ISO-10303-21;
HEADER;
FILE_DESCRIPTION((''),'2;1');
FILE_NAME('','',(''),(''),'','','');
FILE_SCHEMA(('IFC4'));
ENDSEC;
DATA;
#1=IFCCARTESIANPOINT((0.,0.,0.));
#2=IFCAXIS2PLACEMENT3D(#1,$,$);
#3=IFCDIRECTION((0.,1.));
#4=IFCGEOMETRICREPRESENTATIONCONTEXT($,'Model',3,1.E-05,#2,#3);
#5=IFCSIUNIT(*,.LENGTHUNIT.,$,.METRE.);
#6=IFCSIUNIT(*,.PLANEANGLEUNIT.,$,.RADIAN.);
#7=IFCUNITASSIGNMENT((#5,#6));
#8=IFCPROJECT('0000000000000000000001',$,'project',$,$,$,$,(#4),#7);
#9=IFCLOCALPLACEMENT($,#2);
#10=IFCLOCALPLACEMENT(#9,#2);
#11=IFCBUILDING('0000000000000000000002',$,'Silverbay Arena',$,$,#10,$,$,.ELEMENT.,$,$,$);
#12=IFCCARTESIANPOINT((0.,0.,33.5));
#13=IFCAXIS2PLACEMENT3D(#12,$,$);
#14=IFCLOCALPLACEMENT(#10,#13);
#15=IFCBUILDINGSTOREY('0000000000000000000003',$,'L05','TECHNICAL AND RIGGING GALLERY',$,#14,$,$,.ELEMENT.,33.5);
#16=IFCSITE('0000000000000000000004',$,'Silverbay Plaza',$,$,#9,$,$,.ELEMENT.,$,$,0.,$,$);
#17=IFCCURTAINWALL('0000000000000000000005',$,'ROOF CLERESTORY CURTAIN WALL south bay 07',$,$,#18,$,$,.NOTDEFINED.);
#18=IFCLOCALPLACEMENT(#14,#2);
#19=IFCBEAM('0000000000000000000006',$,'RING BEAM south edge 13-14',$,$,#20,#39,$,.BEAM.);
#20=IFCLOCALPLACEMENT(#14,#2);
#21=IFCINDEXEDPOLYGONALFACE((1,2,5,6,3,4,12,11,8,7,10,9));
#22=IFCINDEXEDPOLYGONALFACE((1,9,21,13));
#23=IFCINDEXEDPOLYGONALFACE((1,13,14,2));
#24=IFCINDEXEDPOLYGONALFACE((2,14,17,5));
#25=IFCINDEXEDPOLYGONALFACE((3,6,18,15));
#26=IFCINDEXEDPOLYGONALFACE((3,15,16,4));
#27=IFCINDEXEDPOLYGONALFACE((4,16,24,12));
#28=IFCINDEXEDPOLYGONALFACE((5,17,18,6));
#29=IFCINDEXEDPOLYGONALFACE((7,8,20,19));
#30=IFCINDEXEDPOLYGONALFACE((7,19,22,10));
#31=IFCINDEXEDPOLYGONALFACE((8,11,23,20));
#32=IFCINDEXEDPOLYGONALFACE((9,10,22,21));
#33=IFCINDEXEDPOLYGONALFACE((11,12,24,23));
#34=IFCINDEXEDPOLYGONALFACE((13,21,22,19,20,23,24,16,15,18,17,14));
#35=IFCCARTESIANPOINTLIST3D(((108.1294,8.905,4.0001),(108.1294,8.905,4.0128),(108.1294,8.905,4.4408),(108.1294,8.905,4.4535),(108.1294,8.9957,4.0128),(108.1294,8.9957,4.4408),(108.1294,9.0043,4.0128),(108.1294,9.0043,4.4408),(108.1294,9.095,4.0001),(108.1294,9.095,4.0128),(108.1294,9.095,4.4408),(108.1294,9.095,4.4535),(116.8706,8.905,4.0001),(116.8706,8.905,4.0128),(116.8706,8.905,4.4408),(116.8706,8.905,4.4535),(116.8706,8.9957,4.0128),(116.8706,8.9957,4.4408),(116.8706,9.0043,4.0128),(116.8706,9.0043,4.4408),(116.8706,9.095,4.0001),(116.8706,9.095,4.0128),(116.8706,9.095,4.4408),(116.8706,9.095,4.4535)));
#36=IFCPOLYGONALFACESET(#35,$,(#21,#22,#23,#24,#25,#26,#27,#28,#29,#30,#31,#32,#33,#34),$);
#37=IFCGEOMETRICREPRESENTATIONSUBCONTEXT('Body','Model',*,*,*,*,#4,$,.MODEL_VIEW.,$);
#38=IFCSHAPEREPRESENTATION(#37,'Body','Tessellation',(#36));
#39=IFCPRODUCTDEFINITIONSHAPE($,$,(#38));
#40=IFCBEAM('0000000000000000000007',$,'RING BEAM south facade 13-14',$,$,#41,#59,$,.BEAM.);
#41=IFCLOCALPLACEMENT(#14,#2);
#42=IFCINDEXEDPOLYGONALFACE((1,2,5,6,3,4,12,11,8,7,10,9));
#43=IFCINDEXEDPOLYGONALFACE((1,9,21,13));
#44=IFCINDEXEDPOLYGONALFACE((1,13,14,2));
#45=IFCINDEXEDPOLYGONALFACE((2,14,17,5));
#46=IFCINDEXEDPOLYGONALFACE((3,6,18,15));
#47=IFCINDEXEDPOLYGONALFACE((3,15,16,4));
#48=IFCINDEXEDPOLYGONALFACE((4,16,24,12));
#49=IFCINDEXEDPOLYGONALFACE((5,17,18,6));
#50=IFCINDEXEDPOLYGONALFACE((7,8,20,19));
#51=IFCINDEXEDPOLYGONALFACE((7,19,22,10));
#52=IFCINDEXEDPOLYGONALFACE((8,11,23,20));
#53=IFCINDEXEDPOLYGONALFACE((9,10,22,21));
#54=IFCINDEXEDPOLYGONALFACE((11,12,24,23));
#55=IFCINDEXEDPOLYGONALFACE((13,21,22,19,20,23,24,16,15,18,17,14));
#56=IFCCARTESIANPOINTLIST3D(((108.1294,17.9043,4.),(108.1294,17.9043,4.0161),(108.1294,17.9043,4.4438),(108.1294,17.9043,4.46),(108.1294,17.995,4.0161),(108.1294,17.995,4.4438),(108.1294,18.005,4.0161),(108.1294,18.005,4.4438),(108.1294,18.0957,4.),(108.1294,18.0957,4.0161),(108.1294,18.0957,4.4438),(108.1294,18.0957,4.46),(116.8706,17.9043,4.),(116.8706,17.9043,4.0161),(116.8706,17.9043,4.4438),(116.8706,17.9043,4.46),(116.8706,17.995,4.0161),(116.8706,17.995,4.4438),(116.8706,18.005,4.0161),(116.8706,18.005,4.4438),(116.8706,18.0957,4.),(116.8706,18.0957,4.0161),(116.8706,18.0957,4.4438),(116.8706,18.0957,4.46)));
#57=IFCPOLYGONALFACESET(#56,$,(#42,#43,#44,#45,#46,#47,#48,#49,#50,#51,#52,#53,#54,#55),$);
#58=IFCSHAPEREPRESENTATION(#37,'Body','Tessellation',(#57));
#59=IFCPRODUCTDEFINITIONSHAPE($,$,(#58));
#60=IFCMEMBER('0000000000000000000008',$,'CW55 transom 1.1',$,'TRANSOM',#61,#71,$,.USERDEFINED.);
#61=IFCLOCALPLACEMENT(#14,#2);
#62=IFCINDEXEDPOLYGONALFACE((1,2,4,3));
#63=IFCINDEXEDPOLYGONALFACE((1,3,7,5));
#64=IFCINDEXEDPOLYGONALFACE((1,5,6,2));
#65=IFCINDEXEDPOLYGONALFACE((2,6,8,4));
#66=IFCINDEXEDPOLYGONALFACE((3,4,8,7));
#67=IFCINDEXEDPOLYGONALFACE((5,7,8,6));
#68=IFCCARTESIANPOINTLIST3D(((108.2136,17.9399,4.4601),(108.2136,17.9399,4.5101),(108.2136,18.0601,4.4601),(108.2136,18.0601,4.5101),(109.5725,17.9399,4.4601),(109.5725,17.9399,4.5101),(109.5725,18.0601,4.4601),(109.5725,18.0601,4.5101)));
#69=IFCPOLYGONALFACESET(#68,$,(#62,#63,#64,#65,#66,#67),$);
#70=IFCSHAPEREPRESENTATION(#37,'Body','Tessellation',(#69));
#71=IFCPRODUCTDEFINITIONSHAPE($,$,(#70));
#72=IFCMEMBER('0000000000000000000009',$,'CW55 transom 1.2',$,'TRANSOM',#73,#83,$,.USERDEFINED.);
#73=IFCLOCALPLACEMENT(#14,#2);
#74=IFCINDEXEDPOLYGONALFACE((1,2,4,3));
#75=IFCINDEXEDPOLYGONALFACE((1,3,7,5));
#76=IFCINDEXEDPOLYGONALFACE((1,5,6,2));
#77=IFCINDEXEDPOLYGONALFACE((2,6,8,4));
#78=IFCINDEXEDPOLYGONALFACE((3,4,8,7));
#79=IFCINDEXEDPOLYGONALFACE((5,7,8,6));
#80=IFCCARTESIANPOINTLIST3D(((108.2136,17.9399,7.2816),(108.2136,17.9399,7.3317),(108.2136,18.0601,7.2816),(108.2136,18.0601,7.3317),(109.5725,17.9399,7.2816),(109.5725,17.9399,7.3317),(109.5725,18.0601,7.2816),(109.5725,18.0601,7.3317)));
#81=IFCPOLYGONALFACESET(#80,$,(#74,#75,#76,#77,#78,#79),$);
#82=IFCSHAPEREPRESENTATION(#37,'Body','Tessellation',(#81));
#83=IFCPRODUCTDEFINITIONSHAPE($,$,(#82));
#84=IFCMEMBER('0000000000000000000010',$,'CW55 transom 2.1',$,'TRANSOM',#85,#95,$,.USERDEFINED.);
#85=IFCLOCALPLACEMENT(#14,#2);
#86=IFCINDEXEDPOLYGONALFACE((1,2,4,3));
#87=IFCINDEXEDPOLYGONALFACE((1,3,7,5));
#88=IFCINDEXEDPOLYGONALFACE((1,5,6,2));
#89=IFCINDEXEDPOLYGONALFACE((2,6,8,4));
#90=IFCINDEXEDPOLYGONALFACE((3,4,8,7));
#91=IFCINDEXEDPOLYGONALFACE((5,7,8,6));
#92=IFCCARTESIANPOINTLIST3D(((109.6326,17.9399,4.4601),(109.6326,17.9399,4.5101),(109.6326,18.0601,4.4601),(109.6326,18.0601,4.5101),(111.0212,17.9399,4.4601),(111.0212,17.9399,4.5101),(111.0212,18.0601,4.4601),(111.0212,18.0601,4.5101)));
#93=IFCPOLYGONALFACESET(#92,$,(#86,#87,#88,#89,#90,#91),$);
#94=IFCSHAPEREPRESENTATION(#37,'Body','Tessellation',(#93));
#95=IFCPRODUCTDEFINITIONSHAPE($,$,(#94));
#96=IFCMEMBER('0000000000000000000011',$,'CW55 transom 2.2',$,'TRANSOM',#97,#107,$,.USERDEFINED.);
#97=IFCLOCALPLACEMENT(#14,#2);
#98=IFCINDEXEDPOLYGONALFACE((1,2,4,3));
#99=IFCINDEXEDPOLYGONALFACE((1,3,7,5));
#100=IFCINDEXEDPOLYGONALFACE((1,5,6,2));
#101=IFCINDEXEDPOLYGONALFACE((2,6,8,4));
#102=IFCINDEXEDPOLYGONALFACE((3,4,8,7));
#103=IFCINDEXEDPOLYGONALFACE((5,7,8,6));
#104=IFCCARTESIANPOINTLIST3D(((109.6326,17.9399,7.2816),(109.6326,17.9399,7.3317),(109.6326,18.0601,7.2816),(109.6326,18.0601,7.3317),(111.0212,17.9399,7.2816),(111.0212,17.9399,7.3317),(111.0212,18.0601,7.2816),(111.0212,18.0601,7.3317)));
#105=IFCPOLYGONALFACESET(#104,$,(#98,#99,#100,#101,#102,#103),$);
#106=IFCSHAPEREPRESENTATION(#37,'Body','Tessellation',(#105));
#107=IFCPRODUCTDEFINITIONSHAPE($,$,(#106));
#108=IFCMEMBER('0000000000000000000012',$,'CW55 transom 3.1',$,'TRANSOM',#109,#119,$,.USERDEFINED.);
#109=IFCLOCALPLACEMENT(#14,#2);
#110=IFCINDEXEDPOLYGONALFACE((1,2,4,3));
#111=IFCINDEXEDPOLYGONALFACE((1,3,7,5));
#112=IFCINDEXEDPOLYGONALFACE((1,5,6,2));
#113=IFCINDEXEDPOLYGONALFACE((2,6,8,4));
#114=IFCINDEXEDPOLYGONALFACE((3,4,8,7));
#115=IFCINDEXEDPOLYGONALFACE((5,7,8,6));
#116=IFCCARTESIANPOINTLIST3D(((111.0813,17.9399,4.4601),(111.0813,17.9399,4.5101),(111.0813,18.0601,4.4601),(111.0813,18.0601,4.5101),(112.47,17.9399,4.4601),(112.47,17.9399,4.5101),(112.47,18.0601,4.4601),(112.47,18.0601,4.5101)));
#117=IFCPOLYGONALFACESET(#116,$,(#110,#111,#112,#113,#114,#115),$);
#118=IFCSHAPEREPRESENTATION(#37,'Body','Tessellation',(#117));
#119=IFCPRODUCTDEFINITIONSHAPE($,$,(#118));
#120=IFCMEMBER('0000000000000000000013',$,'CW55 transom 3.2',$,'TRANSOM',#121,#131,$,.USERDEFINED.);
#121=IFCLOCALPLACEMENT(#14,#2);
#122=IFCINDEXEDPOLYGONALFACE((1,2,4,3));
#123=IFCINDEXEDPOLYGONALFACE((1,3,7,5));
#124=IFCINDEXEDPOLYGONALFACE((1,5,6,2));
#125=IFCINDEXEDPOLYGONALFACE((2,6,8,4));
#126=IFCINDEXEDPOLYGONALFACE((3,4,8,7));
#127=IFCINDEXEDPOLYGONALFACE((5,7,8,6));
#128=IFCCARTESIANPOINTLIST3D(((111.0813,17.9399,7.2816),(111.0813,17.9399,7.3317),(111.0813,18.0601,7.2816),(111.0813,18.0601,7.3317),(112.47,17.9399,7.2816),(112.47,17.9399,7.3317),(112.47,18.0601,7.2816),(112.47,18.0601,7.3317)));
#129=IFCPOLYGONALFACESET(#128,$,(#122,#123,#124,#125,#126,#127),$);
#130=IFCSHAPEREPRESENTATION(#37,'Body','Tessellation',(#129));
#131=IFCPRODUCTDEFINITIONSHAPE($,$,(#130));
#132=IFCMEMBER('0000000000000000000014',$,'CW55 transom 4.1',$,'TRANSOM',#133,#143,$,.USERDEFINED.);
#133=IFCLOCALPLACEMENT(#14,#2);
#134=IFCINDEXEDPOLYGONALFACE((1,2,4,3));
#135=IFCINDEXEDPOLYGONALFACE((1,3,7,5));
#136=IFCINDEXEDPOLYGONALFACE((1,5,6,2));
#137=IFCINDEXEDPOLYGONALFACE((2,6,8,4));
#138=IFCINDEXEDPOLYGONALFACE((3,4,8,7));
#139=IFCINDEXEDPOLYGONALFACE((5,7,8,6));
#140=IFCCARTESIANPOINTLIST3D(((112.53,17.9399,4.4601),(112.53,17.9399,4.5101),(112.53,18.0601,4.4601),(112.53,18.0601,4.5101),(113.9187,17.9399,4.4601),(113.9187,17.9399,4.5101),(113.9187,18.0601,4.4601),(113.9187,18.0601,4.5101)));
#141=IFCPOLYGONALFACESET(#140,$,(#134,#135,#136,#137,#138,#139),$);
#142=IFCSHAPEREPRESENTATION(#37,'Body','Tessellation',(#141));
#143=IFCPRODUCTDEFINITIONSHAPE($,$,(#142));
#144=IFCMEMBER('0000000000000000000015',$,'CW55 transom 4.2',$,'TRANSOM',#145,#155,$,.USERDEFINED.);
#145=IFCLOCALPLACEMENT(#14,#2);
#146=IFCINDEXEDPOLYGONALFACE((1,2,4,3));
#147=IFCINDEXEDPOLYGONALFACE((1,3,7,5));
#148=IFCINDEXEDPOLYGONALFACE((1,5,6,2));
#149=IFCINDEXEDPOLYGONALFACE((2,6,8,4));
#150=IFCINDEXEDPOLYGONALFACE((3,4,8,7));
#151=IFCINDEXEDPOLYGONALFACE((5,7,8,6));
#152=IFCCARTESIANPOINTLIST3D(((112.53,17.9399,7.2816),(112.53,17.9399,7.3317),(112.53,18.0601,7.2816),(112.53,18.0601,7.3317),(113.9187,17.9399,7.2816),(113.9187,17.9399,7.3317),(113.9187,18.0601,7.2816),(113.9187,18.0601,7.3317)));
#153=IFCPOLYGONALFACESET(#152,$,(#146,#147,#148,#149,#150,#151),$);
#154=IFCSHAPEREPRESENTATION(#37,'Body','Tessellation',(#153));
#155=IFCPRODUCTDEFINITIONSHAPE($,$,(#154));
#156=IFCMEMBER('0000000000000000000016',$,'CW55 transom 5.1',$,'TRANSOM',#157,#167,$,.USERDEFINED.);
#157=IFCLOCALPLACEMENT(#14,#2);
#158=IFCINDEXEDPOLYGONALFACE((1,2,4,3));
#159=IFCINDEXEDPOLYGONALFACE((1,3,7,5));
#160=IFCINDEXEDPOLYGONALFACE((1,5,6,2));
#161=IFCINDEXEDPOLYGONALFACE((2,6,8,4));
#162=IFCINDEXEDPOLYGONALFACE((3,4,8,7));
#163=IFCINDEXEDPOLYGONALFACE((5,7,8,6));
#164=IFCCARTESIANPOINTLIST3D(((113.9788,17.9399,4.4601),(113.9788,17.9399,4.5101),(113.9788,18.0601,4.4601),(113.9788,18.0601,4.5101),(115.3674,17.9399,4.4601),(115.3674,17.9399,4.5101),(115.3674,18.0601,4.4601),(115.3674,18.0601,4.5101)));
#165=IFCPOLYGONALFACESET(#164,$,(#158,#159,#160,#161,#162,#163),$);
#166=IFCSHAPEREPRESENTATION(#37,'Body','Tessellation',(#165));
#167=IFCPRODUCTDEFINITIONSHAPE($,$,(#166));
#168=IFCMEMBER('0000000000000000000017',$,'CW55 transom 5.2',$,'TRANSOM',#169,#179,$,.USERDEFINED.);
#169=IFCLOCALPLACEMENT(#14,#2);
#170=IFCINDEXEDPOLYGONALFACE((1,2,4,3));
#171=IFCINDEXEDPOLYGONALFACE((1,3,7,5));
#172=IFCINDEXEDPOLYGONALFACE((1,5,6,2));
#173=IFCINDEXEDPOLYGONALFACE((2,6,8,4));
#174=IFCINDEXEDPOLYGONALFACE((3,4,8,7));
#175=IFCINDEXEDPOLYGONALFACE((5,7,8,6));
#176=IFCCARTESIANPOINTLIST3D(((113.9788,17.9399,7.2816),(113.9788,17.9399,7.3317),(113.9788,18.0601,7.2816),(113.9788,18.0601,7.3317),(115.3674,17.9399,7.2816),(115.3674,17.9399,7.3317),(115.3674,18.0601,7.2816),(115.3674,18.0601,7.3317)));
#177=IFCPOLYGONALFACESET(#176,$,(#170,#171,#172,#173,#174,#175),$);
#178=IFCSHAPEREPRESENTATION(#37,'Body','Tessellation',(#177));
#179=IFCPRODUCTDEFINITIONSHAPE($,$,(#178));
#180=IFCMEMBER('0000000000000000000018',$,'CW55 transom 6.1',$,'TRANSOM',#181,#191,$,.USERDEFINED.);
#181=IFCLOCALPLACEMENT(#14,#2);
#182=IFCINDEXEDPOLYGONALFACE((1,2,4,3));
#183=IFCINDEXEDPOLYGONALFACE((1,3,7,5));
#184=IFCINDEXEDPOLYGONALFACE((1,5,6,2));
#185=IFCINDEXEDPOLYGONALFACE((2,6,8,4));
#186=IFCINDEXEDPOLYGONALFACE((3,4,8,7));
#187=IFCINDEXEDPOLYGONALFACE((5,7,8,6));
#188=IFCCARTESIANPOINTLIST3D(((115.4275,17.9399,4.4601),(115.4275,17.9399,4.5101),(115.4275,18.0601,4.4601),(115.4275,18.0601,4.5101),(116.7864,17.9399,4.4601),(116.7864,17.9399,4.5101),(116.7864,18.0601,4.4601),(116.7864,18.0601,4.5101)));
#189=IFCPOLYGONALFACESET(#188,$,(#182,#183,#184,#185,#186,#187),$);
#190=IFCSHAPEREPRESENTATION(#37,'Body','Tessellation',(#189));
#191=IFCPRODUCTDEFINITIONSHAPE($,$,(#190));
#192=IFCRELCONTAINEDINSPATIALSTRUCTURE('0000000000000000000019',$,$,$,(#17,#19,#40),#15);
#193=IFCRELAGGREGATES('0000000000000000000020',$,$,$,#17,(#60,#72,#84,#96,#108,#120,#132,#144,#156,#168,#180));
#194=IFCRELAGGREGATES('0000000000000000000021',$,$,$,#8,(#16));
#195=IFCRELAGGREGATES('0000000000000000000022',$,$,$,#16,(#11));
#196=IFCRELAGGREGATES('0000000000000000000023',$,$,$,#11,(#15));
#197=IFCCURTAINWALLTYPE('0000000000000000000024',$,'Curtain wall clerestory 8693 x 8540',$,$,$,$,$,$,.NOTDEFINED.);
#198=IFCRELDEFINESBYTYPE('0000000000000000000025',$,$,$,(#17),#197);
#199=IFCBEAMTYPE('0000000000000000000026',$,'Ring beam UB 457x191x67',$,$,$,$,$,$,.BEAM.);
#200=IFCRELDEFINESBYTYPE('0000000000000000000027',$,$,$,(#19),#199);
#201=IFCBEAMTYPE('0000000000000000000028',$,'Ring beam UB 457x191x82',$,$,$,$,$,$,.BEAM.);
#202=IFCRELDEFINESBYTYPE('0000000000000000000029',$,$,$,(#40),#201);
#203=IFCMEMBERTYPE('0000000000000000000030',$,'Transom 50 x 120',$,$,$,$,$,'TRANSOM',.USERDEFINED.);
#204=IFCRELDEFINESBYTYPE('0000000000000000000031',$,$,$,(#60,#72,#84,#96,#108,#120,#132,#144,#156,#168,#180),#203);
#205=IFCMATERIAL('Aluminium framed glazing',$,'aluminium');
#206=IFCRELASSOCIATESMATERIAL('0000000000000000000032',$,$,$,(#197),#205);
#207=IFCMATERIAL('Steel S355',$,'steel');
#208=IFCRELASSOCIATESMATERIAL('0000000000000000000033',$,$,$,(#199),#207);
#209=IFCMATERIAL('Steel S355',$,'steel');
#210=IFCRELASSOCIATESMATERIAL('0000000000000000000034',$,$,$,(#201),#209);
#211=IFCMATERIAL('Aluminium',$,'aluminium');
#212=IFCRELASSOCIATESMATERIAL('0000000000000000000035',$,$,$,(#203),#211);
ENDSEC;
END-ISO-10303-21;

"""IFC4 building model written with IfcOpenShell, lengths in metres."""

from ifc_helpers import new_model, si_unit, direction, frame, origin, origin_2d, place, context, subcontext, project, spatial, rectangle, i_section, extrude, material, material_profile, profile_set, type_object, element, aggregate, save


model = new_model("IFC4")

# Units and contexts
model_context = context("Model", 3, precision=1e-05, world=origin(), true_north=direction((0.0, 1.0)))
body_context = subcontext(model_context, "Body", "Model", "MODEL_VIEW")
ifc_project = project(units=[si_unit("LENGTHUNIT", "METRE"), si_unit("PLANEANGLEUNIT", "RADIAN")], contexts=[model_context])

# Site, building, storey
site_placement = place(None, origin())
site = spatial("IfcSite", under=ifc_project, at=site_placement, Name="Silverbay Plaza", CompositionType="ELEMENT", RefElevation=0.0)
building_placement = place(site_placement, origin())
building = spatial("IfcBuilding", under=site, at=building_placement, Name="Silverbay Arena", CompositionType="ELEMENT")
storey_placement = place(building_placement, frame((0.0, 0.0, 33.5)))
storey = spatial("IfcBuildingStorey", under=building, at=storey_placement, Name="L05", Description="TECHNICAL AND RIGGING GALLERY", CompositionType="ELEMENT", Elevation=33.5)

# Curtain wall
ifc_material_1 = material(Name="Aluminium framed glazing", Category="aluminium")
curtain_wall_type = type_object("IfcCurtainWallType", Name="Curtain wall clerestory 8693 x 8540", PredefinedType="NOTDEFINED", material=ifc_material_1)
curtain_wall_placement = place(storey_placement, origin())
curtain_wall = element("IfcCurtainWall", 1, at=curtain_wall_placement, inside=storey, type_object=curtain_wall_type, Name="ROOF CLERESTORY CURTAIN WALL south bay 07", PredefinedType="NOTDEFINED")

# Beams
ifc_material_2 = material(Name="Steel S355", Category="steel")
ifc_material_profile_1 = material_profile(ifc_material_2, i_section(OverallWidth=0.1899, OverallDepth=0.4534, WebThickness=0.0085, FlangeThickness=0.0127, at=origin_2d()), Name="UB 457x191x67")
ifc_profile_set_1 = profile_set([ifc_material_profile_1], Name="Steel S355")
beam_type_1 = type_object("IfcBeamType", Name="Ring beam UB 457x191x67", PredefinedType="BEAM", material=ifc_profile_set_1)
beam_1_placement = place(storey_placement, frame((108.1294, 9.0, 4.2268), z_axis=(1.0, 0.0, 0.0), x_axis=(0.0, 1.0, 0.0)))
element("IfcBeam", 2, at=beam_1_placement, inside=storey, type_object=beam_type_1, Name="RING BEAM south edge 13-14", PredefinedType="BEAM", context=body_context, shape_type="SweptSolid", body=[
    extrude(i_section(OverallWidth=0.1899, OverallDepth=0.4534, WebThickness=0.0085, FlangeThickness=0.0127, at=origin_2d()), origin(), (0.0, 0.0, 1.0), 8.7412),
])
ifc_material_3 = material(Name="Steel S355", Category="steel")
ifc_material_profile_2 = material_profile(ifc_material_3, i_section(OverallWidth=0.1914, OverallDepth=0.46, WebThickness=0.01, FlangeThickness=0.0161, at=origin_2d()), Name="UB 457x191x82")
ifc_profile_set_2 = profile_set([ifc_material_profile_2], Name="Steel S355")
beam_type_2 = type_object("IfcBeamType", Name="Ring beam UB 457x191x82", PredefinedType="BEAM", material=ifc_profile_set_2)
beam_2_placement = place(storey_placement, frame((108.1294, 18.0, 4.23), z_axis=(1.0, 0.0, 0.0), x_axis=(0.0, 1.0, 0.0)))
element("IfcBeam", 3, at=beam_2_placement, inside=storey, type_object=beam_type_2, Name="RING BEAM south facade 13-14", PredefinedType="BEAM", context=body_context, shape_type="SweptSolid", body=[
    extrude(i_section(OverallWidth=0.1914, OverallDepth=0.46, WebThickness=0.01, FlangeThickness=0.0161, at=origin_2d()), origin(), (0.0, 0.0, 1.0), 8.7412),
])

# Members
ifc_material_4 = material(Name="Aluminium", Category="aluminium")
ifc_material_profile_3 = material_profile(ifc_material_4, rectangle(XDim=0.1201, YDim=0.05, at=origin_2d()), Name="Transom 50 x 120")
ifc_profile_set_3 = profile_set([ifc_material_profile_3], Name="Aluminium")
member_type_1 = type_object("IfcMemberType", Name="Transom 50 x 120", ElementType="TRANSOM", PredefinedType="USERDEFINED", material=ifc_profile_set_3)
member_1_placement = place(storey_placement, frame((108.2136, 18.0, 4.4851), z_axis=(1.0, 0.0, 0.0), x_axis=(0.0, 1.0, 0.0)))
member_1 = element("IfcMember", 4, at=member_1_placement, type_object=member_type_1, Name="CW55 transom 1.1", ObjectType="TRANSOM", PredefinedType="USERDEFINED", context=body_context, shape_type="SweptSolid", body=[
    extrude(rectangle(XDim=0.1201, YDim=0.05, at=origin_2d()), origin(), (0.0, 0.0, 1.0), 1.3589),
])
member_2_placement = place(storey_placement, frame((108.2136, 18.0, 7.3066), z_axis=(1.0, 0.0, 0.0), x_axis=(0.0, 1.0, 0.0)))
member_2 = element("IfcMember", 5, at=member_2_placement, type_object=member_type_1, Name="CW55 transom 1.2", ObjectType="TRANSOM", PredefinedType="USERDEFINED", context=body_context, shape_type="SweptSolid", body=[
    extrude(rectangle(XDim=0.1201, YDim=0.05, at=origin_2d()), origin(), (0.0, 0.0, 1.0), 1.3589),
])
member_3_placement = place(storey_placement, frame((109.6326, 18.0, 4.4851), z_axis=(1.0, 0.0, 0.0), x_axis=(0.0, 1.0, 0.0)))
member_3 = element("IfcMember", 6, at=member_3_placement, type_object=member_type_1, Name="CW55 transom 2.1", ObjectType="TRANSOM", PredefinedType="USERDEFINED", context=body_context, shape_type="SweptSolid", body=[
    extrude(rectangle(XDim=0.1201, YDim=0.05, at=origin_2d()), origin(), (0.0, 0.0, 1.0), 1.3887),
])
member_4_placement = place(storey_placement, frame((109.6326, 18.0, 7.3066), z_axis=(1.0, 0.0, 0.0), x_axis=(0.0, 1.0, 0.0)))
member_4 = element("IfcMember", 7, at=member_4_placement, type_object=member_type_1, Name="CW55 transom 2.2", ObjectType="TRANSOM", PredefinedType="USERDEFINED", context=body_context, shape_type="SweptSolid", body=[
    extrude(rectangle(XDim=0.1201, YDim=0.05, at=origin_2d()), origin(), (0.0, 0.0, 1.0), 1.3887),
])
member_5_placement = place(storey_placement, frame((111.0813, 18.0, 4.4851), z_axis=(1.0, 0.0, 0.0), x_axis=(0.0, 1.0, 0.0)))
member_5 = element("IfcMember", 8, at=member_5_placement, type_object=member_type_1, Name="CW55 transom 3.1", ObjectType="TRANSOM", PredefinedType="USERDEFINED", context=body_context, shape_type="SweptSolid", body=[
    extrude(rectangle(XDim=0.1201, YDim=0.05, at=origin_2d()), origin(), (0.0, 0.0, 1.0), 1.3887),
])
member_6_placement = place(storey_placement, frame((111.0813, 18.0, 7.3066), z_axis=(1.0, 0.0, 0.0), x_axis=(0.0, 1.0, 0.0)))
member_6 = element("IfcMember", 9, at=member_6_placement, type_object=member_type_1, Name="CW55 transom 3.2", ObjectType="TRANSOM", PredefinedType="USERDEFINED", context=body_context, shape_type="SweptSolid", body=[
    extrude(rectangle(XDim=0.1201, YDim=0.05, at=origin_2d()), origin(), (0.0, 0.0, 1.0), 1.3887),
])
member_7_placement = place(storey_placement, frame((112.53, 18.0, 4.4851), z_axis=(1.0, 0.0, 0.0), x_axis=(0.0, 1.0, 0.0)))
member_7 = element("IfcMember", 10, at=member_7_placement, type_object=member_type_1, Name="CW55 transom 4.1", ObjectType="TRANSOM", PredefinedType="USERDEFINED", context=body_context, shape_type="SweptSolid", body=[
    extrude(rectangle(XDim=0.1201, YDim=0.05, at=origin_2d()), origin(), (0.0, 0.0, 1.0), 1.3887),
])
member_8_placement = place(storey_placement, frame((112.53, 18.0, 7.3066), z_axis=(1.0, 0.0, 0.0), x_axis=(0.0, 1.0, 0.0)))
member_8 = element("IfcMember", 11, at=member_8_placement, type_object=member_type_1, Name="CW55 transom 4.2", ObjectType="TRANSOM", PredefinedType="USERDEFINED", context=body_context, shape_type="SweptSolid", body=[
    extrude(rectangle(XDim=0.1201, YDim=0.05, at=origin_2d()), origin(), (0.0, 0.0, 1.0), 1.3887),
])
member_9_placement = place(storey_placement, frame((113.9788, 18.0, 4.4851), z_axis=(1.0, 0.0, 0.0), x_axis=(0.0, 1.0, 0.0)))
member_9 = element("IfcMember", 12, at=member_9_placement, type_object=member_type_1, Name="CW55 transom 5.1", ObjectType="TRANSOM", PredefinedType="USERDEFINED", context=body_context, shape_type="SweptSolid", body=[
    extrude(rectangle(XDim=0.1201, YDim=0.05, at=origin_2d()), origin(), (0.0, 0.0, 1.0), 1.3887),
])
member_10_placement = place(storey_placement, frame((113.9788, 18.0, 7.3066), z_axis=(1.0, 0.0, 0.0), x_axis=(0.0, 1.0, 0.0)))
member_10 = element("IfcMember", 13, at=member_10_placement, type_object=member_type_1, Name="CW55 transom 5.2", ObjectType="TRANSOM", PredefinedType="USERDEFINED", context=body_context, shape_type="SweptSolid", body=[
    extrude(rectangle(XDim=0.1201, YDim=0.05, at=origin_2d()), origin(), (0.0, 0.0, 1.0), 1.3887),
])
member_11_placement = place(storey_placement, frame((115.4275, 18.0, 4.4851), z_axis=(1.0, 0.0, 0.0), x_axis=(0.0, 1.0, 0.0)))
member_11 = element("IfcMember", 14, at=member_11_placement, type_object=member_type_1, Name="CW55 transom 6.1", ObjectType="TRANSOM", PredefinedType="USERDEFINED", context=body_context, shape_type="SweptSolid", body=[
    extrude(rectangle(XDim=0.1201, YDim=0.05, at=origin_2d()), origin(), (0.0, 0.0, 1.0), 1.3589),
])

aggregate(curtain_wall, [member_1, member_2, member_3, member_4, member_5, member_6, member_7, member_8, member_9, member_10, member_11])

save(model, "model.ifc")
